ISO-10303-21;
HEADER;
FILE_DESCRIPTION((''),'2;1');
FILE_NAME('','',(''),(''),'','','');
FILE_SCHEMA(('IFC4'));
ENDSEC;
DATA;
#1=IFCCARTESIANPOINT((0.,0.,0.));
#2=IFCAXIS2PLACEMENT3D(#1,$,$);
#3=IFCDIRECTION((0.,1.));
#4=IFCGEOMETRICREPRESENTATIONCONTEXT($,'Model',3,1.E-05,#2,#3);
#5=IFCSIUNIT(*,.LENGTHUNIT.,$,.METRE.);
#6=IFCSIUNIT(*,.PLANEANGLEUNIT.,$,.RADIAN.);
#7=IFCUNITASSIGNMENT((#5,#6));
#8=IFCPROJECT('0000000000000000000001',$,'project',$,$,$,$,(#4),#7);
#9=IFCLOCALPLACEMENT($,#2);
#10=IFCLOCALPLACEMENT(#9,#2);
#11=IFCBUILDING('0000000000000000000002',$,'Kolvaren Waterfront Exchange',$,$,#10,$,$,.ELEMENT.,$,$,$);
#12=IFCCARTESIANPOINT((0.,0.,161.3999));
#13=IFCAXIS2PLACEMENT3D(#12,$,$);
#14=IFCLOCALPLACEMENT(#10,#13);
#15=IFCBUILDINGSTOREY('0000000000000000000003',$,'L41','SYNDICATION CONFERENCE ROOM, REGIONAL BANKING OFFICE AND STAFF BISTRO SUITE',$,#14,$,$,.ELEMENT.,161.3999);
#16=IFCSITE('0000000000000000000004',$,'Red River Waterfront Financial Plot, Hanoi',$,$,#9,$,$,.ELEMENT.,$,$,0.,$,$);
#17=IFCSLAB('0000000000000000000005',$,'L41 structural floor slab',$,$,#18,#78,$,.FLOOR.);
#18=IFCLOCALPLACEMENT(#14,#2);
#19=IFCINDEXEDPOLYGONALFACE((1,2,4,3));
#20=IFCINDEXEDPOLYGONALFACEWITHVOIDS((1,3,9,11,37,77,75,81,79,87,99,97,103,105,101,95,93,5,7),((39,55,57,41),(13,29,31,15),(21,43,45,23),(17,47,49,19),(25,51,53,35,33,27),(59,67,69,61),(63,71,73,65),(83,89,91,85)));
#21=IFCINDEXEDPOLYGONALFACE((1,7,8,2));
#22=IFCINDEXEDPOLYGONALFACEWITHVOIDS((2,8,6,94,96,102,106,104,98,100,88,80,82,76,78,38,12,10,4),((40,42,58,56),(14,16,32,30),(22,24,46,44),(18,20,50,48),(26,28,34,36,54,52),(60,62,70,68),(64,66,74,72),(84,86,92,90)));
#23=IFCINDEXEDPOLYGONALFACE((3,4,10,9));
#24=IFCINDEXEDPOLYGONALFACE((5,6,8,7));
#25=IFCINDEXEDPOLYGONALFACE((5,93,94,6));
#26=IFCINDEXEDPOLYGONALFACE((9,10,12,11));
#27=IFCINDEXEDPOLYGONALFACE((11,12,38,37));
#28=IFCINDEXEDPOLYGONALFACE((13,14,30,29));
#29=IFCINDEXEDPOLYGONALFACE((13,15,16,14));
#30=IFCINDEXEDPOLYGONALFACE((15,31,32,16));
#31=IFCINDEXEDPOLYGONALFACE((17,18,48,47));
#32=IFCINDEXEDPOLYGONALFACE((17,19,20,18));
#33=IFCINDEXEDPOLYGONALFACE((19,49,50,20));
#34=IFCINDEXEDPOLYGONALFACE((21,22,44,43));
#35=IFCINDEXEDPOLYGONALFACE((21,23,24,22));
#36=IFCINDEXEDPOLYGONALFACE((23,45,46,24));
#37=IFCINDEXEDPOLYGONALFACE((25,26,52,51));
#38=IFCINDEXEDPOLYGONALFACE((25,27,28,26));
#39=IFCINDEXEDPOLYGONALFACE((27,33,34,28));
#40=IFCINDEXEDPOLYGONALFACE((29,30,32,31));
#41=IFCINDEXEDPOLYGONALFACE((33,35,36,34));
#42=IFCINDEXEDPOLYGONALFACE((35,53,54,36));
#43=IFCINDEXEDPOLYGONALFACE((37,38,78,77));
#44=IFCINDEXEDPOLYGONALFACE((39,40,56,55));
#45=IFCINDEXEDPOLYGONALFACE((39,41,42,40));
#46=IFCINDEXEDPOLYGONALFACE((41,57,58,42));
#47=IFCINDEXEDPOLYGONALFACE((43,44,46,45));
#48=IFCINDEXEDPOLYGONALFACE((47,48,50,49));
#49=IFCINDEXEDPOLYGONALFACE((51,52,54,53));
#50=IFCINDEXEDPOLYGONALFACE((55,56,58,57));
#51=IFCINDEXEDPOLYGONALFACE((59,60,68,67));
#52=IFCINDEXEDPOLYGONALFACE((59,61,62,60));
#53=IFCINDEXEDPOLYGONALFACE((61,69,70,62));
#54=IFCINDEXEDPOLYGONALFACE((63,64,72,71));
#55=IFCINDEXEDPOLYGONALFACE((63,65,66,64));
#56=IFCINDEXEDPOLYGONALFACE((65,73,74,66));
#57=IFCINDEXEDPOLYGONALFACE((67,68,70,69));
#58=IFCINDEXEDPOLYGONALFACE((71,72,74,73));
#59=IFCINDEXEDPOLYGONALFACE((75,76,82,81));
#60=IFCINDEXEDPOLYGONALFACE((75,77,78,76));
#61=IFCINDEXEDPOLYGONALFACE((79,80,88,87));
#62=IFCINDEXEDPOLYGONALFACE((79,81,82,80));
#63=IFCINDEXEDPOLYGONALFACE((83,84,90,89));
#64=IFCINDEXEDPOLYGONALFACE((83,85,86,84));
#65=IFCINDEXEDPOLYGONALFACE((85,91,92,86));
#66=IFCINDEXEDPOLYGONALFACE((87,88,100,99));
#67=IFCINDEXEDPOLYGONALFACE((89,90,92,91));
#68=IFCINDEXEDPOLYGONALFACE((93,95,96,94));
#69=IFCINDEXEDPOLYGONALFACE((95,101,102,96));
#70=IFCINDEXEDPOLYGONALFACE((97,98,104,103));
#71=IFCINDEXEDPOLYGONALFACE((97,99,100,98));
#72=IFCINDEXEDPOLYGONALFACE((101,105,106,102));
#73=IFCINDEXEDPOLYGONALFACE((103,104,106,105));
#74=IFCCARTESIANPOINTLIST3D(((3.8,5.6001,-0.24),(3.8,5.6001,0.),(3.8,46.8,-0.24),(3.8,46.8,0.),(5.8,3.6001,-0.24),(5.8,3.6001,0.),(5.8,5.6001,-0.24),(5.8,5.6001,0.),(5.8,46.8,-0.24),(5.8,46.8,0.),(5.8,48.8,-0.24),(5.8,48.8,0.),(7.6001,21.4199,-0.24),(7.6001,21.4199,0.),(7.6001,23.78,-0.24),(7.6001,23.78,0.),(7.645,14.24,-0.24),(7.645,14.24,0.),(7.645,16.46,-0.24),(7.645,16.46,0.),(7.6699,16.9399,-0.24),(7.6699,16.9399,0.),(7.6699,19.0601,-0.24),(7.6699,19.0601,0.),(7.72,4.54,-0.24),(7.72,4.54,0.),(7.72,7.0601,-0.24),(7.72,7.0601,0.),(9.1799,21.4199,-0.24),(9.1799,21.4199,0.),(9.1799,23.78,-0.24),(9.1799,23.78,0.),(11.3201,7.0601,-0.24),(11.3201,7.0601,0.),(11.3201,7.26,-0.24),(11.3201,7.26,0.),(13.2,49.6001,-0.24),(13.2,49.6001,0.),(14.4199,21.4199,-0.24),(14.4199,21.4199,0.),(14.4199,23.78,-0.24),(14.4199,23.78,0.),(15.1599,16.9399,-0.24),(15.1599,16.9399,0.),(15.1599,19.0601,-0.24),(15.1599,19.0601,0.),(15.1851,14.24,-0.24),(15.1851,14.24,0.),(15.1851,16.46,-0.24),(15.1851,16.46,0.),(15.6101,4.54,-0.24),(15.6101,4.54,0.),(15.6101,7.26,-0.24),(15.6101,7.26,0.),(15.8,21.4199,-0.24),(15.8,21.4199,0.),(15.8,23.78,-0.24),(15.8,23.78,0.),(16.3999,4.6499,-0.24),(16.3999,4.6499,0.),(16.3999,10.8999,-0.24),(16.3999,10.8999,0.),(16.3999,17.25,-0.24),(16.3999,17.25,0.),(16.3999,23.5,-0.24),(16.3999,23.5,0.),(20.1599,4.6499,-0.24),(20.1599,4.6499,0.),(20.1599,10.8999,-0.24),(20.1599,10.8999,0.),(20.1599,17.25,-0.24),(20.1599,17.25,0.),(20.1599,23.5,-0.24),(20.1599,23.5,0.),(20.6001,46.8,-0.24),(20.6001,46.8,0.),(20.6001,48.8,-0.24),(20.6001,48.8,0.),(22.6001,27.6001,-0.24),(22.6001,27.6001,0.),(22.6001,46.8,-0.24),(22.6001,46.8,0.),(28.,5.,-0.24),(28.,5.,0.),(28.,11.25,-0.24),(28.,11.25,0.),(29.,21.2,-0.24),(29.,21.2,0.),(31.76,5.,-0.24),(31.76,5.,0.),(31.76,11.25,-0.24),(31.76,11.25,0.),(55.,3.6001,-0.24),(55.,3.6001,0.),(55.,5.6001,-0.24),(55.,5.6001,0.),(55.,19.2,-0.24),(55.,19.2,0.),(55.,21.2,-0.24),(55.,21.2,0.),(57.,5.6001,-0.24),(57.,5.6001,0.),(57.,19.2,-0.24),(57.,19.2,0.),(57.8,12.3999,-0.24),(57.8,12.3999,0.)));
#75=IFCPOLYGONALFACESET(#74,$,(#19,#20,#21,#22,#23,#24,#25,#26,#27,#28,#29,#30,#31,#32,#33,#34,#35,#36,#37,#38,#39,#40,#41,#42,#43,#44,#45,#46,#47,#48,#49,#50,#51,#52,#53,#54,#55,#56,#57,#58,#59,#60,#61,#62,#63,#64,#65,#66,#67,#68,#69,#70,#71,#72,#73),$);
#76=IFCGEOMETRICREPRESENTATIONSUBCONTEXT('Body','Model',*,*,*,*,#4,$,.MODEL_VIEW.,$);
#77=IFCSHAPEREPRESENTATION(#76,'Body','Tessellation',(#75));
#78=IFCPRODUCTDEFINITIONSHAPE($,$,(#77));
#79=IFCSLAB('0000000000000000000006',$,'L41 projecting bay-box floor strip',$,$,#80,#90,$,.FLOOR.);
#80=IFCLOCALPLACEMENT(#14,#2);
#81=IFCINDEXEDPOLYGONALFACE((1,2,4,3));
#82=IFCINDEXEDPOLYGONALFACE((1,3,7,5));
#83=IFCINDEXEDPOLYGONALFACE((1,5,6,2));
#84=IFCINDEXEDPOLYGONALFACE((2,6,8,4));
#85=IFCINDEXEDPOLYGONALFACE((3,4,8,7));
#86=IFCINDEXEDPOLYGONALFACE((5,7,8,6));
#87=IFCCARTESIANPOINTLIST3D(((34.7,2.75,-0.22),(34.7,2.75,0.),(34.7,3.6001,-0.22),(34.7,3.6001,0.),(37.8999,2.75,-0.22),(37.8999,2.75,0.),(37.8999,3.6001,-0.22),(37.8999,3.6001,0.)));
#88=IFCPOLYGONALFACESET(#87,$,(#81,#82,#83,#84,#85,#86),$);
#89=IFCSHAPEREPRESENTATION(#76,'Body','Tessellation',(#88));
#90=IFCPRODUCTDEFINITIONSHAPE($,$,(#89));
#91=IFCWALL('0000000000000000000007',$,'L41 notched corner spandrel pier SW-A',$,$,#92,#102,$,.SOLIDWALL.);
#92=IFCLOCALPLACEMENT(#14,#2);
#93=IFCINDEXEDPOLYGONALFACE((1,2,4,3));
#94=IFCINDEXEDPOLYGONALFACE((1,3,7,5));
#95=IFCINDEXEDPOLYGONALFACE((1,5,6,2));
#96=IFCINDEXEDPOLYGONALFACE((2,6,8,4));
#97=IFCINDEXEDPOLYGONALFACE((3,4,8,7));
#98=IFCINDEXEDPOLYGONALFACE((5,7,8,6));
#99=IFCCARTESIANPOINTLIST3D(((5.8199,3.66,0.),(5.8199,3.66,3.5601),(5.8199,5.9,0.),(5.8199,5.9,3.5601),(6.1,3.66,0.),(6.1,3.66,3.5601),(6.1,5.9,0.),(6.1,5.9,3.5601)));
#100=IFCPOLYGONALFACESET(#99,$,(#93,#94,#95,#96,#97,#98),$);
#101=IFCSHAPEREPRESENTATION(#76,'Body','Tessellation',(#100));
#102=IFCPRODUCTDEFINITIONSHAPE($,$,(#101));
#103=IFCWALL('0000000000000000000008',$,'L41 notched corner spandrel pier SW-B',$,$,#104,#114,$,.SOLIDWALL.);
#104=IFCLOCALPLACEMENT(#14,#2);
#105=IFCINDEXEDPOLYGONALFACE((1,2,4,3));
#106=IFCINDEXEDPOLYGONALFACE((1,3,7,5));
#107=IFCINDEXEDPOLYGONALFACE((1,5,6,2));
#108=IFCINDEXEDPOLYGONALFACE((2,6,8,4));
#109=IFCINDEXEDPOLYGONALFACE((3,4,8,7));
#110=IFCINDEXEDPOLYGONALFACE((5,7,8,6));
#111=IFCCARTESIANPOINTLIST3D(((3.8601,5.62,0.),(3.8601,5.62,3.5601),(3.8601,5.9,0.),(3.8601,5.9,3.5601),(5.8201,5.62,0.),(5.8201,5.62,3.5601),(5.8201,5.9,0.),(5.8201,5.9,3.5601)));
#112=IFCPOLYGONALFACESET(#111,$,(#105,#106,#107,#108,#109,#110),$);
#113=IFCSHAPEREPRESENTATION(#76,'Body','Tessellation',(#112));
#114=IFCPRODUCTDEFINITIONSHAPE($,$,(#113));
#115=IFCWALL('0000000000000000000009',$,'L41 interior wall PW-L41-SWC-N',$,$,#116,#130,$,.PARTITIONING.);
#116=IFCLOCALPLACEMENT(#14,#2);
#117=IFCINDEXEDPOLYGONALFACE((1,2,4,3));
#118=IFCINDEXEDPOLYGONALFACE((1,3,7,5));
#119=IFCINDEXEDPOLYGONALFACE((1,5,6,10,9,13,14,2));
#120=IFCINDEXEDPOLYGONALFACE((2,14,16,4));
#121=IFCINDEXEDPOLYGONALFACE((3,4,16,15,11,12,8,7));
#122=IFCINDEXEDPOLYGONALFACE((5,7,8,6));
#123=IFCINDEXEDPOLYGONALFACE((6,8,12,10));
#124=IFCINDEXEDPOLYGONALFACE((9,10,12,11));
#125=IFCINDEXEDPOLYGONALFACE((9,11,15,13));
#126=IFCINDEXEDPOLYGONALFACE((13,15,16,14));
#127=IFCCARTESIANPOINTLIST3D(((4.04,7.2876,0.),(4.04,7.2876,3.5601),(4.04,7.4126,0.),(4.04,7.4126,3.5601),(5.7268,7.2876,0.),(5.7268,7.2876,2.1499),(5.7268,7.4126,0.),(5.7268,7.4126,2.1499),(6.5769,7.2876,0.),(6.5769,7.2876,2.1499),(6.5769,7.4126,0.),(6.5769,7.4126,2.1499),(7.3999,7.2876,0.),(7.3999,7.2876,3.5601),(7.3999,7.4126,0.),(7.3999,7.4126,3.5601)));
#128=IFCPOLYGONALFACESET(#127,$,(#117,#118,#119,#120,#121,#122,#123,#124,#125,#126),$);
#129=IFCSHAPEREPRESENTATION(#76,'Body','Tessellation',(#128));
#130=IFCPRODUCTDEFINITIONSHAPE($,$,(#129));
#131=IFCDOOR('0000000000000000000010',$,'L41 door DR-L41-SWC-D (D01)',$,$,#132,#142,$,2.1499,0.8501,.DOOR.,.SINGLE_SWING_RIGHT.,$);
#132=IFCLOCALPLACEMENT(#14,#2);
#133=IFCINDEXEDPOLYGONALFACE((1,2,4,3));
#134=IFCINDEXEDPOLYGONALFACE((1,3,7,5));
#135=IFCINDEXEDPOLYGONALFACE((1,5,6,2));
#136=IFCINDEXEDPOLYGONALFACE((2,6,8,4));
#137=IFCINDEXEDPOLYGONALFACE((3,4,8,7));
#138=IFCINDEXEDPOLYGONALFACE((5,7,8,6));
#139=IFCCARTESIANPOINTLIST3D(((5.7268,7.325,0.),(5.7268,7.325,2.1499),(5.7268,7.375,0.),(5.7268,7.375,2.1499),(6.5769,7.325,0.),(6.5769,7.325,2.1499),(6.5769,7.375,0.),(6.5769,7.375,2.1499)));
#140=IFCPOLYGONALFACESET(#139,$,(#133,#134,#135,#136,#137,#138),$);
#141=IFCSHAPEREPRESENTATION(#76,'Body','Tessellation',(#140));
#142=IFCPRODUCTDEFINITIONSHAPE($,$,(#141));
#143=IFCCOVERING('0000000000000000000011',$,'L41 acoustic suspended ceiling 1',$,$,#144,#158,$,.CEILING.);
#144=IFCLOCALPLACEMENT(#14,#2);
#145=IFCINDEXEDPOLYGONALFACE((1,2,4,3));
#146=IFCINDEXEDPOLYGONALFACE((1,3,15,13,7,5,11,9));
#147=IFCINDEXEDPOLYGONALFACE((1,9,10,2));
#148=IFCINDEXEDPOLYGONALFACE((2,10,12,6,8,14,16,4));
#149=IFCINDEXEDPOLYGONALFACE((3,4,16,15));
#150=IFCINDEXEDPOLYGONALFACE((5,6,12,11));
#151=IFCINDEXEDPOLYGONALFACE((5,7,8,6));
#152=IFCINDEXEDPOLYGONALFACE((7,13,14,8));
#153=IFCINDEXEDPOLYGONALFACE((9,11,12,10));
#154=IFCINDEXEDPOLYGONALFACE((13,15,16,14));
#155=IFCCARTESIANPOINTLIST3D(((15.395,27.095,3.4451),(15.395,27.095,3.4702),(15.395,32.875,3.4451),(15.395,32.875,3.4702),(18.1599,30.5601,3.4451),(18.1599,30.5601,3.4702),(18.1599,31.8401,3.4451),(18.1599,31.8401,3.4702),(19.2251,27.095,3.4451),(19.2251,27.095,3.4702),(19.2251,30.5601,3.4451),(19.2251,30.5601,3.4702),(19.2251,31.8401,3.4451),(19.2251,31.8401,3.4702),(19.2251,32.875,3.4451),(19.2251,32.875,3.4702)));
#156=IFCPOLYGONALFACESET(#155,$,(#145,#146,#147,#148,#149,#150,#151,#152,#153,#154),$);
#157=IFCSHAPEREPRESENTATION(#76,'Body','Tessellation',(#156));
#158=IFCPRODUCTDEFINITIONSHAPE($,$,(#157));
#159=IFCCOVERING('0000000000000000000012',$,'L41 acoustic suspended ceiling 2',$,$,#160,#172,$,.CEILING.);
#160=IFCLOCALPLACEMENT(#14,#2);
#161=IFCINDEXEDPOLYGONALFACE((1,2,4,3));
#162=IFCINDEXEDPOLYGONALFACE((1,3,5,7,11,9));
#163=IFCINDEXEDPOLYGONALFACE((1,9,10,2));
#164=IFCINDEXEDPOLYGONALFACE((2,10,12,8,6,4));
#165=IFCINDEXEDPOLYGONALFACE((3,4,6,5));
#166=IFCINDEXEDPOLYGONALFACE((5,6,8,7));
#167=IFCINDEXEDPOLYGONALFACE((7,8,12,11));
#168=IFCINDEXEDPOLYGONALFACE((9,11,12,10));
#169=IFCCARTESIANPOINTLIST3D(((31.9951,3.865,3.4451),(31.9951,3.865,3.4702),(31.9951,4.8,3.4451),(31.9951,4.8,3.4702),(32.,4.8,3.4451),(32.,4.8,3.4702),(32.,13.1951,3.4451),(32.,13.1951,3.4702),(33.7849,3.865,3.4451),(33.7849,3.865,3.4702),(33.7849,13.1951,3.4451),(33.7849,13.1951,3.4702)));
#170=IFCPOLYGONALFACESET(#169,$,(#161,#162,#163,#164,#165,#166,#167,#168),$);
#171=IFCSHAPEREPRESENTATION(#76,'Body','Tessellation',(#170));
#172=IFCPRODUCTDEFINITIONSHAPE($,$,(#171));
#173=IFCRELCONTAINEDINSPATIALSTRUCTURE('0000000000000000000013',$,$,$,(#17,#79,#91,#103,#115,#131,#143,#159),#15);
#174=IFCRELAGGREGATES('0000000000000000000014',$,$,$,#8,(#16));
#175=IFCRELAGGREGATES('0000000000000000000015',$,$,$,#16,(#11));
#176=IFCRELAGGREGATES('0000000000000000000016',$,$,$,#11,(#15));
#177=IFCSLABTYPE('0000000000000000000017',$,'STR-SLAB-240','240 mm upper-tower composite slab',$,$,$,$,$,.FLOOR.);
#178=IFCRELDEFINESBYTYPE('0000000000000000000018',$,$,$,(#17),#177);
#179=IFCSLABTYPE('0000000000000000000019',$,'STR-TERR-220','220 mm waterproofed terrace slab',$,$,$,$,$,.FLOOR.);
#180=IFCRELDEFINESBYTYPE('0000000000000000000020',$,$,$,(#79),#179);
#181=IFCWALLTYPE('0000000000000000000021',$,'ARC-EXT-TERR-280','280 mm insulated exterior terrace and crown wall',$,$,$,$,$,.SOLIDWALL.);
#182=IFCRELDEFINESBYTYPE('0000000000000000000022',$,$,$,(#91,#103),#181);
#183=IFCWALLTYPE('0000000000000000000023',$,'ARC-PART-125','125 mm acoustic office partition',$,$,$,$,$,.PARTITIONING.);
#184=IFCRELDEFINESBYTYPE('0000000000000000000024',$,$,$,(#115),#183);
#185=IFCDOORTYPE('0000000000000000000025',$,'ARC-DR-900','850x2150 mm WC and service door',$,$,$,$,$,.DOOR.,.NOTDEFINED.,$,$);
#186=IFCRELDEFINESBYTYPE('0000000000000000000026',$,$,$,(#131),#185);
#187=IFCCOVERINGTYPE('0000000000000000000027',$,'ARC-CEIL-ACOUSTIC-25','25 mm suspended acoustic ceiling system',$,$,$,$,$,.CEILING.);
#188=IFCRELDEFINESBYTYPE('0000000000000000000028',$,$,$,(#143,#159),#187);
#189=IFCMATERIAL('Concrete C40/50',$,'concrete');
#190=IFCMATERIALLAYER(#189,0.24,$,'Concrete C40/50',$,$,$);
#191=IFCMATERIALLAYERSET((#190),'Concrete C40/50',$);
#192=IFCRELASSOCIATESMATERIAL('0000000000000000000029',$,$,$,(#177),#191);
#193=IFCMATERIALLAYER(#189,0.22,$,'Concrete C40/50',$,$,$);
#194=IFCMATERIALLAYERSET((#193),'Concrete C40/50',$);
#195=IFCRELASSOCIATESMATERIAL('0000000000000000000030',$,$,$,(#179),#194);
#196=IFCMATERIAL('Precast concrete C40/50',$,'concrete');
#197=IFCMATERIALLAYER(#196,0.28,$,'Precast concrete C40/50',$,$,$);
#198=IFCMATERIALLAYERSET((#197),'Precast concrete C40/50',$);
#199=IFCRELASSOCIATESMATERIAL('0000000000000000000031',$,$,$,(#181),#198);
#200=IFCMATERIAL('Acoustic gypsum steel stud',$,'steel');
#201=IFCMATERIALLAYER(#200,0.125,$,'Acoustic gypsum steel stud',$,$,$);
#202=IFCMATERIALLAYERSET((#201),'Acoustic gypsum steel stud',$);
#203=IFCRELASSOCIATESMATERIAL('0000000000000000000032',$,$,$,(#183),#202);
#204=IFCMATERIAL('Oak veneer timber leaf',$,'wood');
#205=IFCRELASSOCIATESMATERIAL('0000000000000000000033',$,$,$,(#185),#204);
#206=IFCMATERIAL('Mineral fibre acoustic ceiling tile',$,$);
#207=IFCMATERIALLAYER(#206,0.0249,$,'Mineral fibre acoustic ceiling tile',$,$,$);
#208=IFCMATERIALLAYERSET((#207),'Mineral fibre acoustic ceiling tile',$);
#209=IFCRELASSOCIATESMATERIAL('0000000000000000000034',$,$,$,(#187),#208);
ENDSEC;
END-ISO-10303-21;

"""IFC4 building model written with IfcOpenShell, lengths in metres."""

from ifc_helpers import new_model, si_unit, direction, frame, frame_2d, origin, place, context, subcontext, project, spatial, polyline, rectangle, outline, extrude, material, layer, layer_set, type_object, element, fill, save


model = new_model("IFC4")

# Units and contexts
model_context = context("Model", 3, precision=1e-05, world=origin(), true_north=direction((0.0, 1.0)))
body_context = subcontext(model_context, "Body", "Model", "MODEL_VIEW")
ifc_project = project(units=[si_unit("LENGTHUNIT", "METRE"), si_unit("PLANEANGLEUNIT", "RADIAN")], contexts=[model_context])

# Site, building, storey
site_placement = place(None, origin())
site = spatial("IfcSite", under=ifc_project, at=site_placement, Name="Red River Waterfront Financial Plot, Hanoi", CompositionType="ELEMENT", RefElevation=0.0)
building_placement = place(site_placement, origin())
building = spatial("IfcBuilding", under=site, at=building_placement, Name="Kolvaren Waterfront Exchange", CompositionType="ELEMENT")
storey_placement = place(building_placement, frame((0.0, 0.0, 161.3999)))
storey = spatial("IfcBuildingStorey", under=building, at=storey_placement, Name="L41", Description="SYNDICATION CONFERENCE ROOM, REGIONAL BANKING OFFICE AND STAFF BISTRO SUITE", CompositionType="ELEMENT", Elevation=161.3999)

# Shared definitions
ifc_material_1 = material(Name="Concrete C40/50", Category="concrete")

# Slabs
ifc_layer_1 = layer(ifc_material_1, 0.24, Name="Concrete C40/50")
ifc_layer_set_1 = layer_set([ifc_layer_1], Name="Concrete C40/50")
slab_type_1 = type_object("IfcSlabType", Name="STR-SLAB-240", Description="240 mm upper-tower composite slab", PredefinedType="FLOOR", material=ifc_layer_set_1)
slab_1_placement = place(storey_placement, frame((0.0, 0.0, -0.24)))
element("IfcSlab", 1, at=slab_1_placement, inside=storey, type_object=slab_type_1, Name="L41 structural floor slab", PredefinedType="FLOOR", context=body_context, shape_type="SweptSolid", body=[
    extrude(outline(polyline([(5.8, 3.6001), (55.0, 3.6001), (55.0, 5.6001), (57.0, 5.6001), (57.8, 12.3999), (57.0, 19.2), (55.0, 19.2), (55.0, 21.2), (29.0, 21.2), (22.6001, 27.6001), (22.6001, 46.8), (20.6001, 46.8), (20.6001, 48.8), (13.2, 49.6001), (5.8, 48.8), (5.8, 46.8), (3.8, 46.8), (3.8, 5.6001), (5.8, 5.6001), (5.8, 3.6001)]), holes=[polyline([(11.3201, 7.26), (15.6101, 7.26), (15.6101, 4.54), (7.72, 4.54), (7.72, 7.0601), (11.3201, 7.0601), (11.3201, 7.26)]), polyline([(20.1599, 10.8999), (20.1599, 4.6499), (16.3999, 4.6499), (16.3999, 10.8999), (20.1599, 10.8999)]), polyline([(31.76, 11.25), (31.76, 5.0), (28.0, 5.0), (28.0, 11.25), (31.76, 11.25)]), polyline([(15.1851, 14.24), (7.645, 14.24), (7.645, 16.46), (15.1851, 16.46), (15.1851, 14.24)]), polyline([(15.1599, 16.9399), (7.6699, 16.9399), (7.6699, 19.0601), (15.1599, 19.0601), (15.1599, 16.9399)]), polyline([(16.3999, 23.5), (20.1599, 23.5), (20.1599, 17.25), (16.3999, 17.25), (16.3999, 23.5)]), polyline([(7.6001, 23.78), (9.1799, 23.78), (9.1799, 21.4199), (7.6001, 21.4199), (7.6001, 23.78)]), polyline([(15.8, 23.78), (15.8, 21.4199), (14.4199, 21.4199), (14.4199, 23.78), (15.8, 23.78)])]), origin(), (0.0, 0.0, 1.0), 0.24),
])
ifc_layer_2 = layer(ifc_material_1, 0.22, Name="Concrete C40/50")
ifc_layer_set_2 = layer_set([ifc_layer_2], Name="Concrete C40/50")
slab_type_2 = type_object("IfcSlabType", Name="STR-TERR-220", Description="220 mm waterproofed terrace slab", PredefinedType="FLOOR", material=ifc_layer_set_2)
slab_2_placement = place(storey_placement, frame((0.0, 0.0, -0.22)))
element("IfcSlab", 2, at=slab_2_placement, inside=storey, type_object=slab_type_2, Name="L41 projecting bay-box floor strip", PredefinedType="FLOOR", context=body_context, shape_type="SweptSolid", body=[
    extrude(outline(polyline([(34.7, 2.75), (37.8999, 2.75), (37.8999, 3.6001), (34.7, 3.6001), (34.7, 2.75)])), origin(), (0.0, 0.0, 1.0), 0.22),
])

# Walls
ifc_material_2 = material(Name="Precast concrete C40/50", Category="concrete")
ifc_layer_3 = layer(ifc_material_2, 0.28, Name="Precast concrete C40/50")
ifc_layer_set_3 = layer_set([ifc_layer_3], Name="Precast concrete C40/50")
wall_type_1 = type_object("IfcWallType", Name="ARC-EXT-TERR-280", Description="280 mm insulated exterior terrace and crown wall", PredefinedType="SOLIDWALL", material=ifc_layer_set_3)
wall_1_placement = place(storey_placement, frame((5.96, 3.6599, 0.0), z_axis=(0.0, 0.0, 1.0), x_axis=(0.0, 1.0, 0.0)))
element("IfcWall", 3, at=wall_1_placement, inside=storey, type_object=wall_type_1, Name="L41 notched corner spandrel pier SW-A", PredefinedType="SOLIDWALL", context=body_context, shape_type="SweptSolid", body=[
    extrude(rectangle(XDim=2.24, YDim=0.28, at=frame_2d((1.1201, 0.0))), origin(), (0.0, 0.0, 1.0), 3.5601),
])
wall_2_placement = place(storey_placement, frame((3.8601, 5.76, 0.0), z_axis=(0.0, 0.0, 1.0), x_axis=(1.0, 0.0, 0.0)))
element("IfcWall", 4, at=wall_2_placement, inside=storey, type_object=wall_type_1, Name="L41 notched corner spandrel pier SW-B", PredefinedType="SOLIDWALL", context=body_context, shape_type="SweptSolid", body=[
    extrude(rectangle(XDim=1.96, YDim=0.28, at=frame_2d((0.98, 0.0))), origin(), (0.0, 0.0, 1.0), 3.5601),
])

# Wall, opening, door
ifc_material_3 = material(Name="Acoustic gypsum steel stud", Category="steel")
ifc_layer_4 = layer(ifc_material_3, 0.125, Name="Acoustic gypsum steel stud")
ifc_layer_set_4 = layer_set([ifc_layer_4], Name="Acoustic gypsum steel stud")
wall_type_2 = type_object("IfcWallType", Name="ARC-PART-125", Description="125 mm acoustic office partition", PredefinedType="PARTITIONING", material=ifc_layer_set_4)
wall_3_placement = place(storey_placement, frame((4.04, 7.3501, 0.0), z_axis=(0.0, 0.0, 1.0), x_axis=(1.0, 0.0, 0.0)))
wall_3 = element("IfcWall", 5, at=wall_3_placement, inside=storey, type_object=wall_type_2, Name="L41 interior wall PW-L41-SWC-N", PredefinedType="PARTITIONING", context=body_context, shape_type="SweptSolid", body=[
    extrude(rectangle(XDim=3.3599, YDim=0.125, at=frame_2d((1.6799, 0.0))), origin(), (0.0, 0.0, 1.0), 3.5601),
])
opening_placement = place(wall_3_placement, frame((1.6868, 0.0, 0.0)))
opening = element("IfcOpeningElement", 6, at=opening_placement, cuts=wall_3, PredefinedType="OPENING", context=body_context, shape_type="SweptSolid", body=[
    extrude(rectangle(XDim=0.8501, YDim=2.1499, at=frame_2d((0.425, 1.075))), frame((0.0, 0.0725, 0.0), z_axis=(0.0, -1.0, 0.0), x_axis=(1.0, 0.0, 0.0)), (0.0, 0.0, 1.0), 0.145),
])
ifc_material_4 = material(Name="Oak veneer timber leaf", Category="wood")
door_type = type_object("IfcDoorType", Name="ARC-DR-900", Description="850x2150 mm WC and service door", OperationType="NOTDEFINED", PredefinedType="DOOR", material=ifc_material_4)
door_placement = place(opening_placement, origin())
door = element("IfcDoor", 7, at=door_placement, inside=storey, type_object=door_type, Name="L41 door DR-L41-SWC-D (D01)", OperationType="SINGLE_SWING_RIGHT", OverallHeight=2.1499, OverallWidth=0.8501, PredefinedType="DOOR", context=body_context, shape_type="SweptSolid", body=[
    extrude(rectangle(XDim=0.8501, YDim=2.1499, at=frame_2d((0.425, 1.075))), frame((0.0, 0.0249, 0.0), z_axis=(0.0, -1.0, 0.0), x_axis=(1.0, 0.0, 0.0)), (0.0, 0.0, 1.0), 0.05),
])
fill(opening, door)

# Coverings
ifc_material_5 = material(Name="Mineral fibre acoustic ceiling tile")
ifc_layer_5 = layer(ifc_material_5, 0.0249, Name="Mineral fibre acoustic ceiling tile")
ifc_layer_set_5 = layer_set([ifc_layer_5], Name="Mineral fibre acoustic ceiling tile")
covering_type_1 = type_object("IfcCoveringType", Name="ARC-CEIL-ACOUSTIC-25", Description="25 mm suspended acoustic ceiling system", PredefinedType="CEILING", material=ifc_layer_set_5)
covering_1_placement = place(storey_placement, frame((0.0, 0.0, 3.4451)))
element("IfcCovering", 8, at=covering_1_placement, inside=storey, type_object=covering_type_1, Name="L41 acoustic suspended ceiling 1", PredefinedType="CEILING", context=body_context, shape_type="SweptSolid", body=[
    extrude(outline(polyline([(19.2251, 30.5601), (18.1599, 30.5601), (18.1599, 31.8401), (19.2251, 31.8401), (19.2251, 32.875), (15.395, 32.875), (15.395, 27.095), (19.2251, 27.095), (19.2251, 30.5601)])), origin(), (0.0, 0.0, 1.0), 0.0251),
])
covering_2_placement = place(storey_placement, frame((0.0, 0.0, 3.4451)))
element("IfcCovering", 9, at=covering_2_placement, inside=storey, type_object=covering_type_1, Name="L41 acoustic suspended ceiling 2", PredefinedType="CEILING", context=body_context, shape_type="SweptSolid", body=[
    extrude(outline(polyline([(33.7849, 3.865), (33.7849, 13.1951), (32.0, 13.1951), (32.0, 4.8), (31.9951, 4.8), (31.9951, 3.865), (33.7849, 3.865)])), origin(), (0.0, 0.0, 1.0), 0.0251),
])

save(model, "model.ifc")
